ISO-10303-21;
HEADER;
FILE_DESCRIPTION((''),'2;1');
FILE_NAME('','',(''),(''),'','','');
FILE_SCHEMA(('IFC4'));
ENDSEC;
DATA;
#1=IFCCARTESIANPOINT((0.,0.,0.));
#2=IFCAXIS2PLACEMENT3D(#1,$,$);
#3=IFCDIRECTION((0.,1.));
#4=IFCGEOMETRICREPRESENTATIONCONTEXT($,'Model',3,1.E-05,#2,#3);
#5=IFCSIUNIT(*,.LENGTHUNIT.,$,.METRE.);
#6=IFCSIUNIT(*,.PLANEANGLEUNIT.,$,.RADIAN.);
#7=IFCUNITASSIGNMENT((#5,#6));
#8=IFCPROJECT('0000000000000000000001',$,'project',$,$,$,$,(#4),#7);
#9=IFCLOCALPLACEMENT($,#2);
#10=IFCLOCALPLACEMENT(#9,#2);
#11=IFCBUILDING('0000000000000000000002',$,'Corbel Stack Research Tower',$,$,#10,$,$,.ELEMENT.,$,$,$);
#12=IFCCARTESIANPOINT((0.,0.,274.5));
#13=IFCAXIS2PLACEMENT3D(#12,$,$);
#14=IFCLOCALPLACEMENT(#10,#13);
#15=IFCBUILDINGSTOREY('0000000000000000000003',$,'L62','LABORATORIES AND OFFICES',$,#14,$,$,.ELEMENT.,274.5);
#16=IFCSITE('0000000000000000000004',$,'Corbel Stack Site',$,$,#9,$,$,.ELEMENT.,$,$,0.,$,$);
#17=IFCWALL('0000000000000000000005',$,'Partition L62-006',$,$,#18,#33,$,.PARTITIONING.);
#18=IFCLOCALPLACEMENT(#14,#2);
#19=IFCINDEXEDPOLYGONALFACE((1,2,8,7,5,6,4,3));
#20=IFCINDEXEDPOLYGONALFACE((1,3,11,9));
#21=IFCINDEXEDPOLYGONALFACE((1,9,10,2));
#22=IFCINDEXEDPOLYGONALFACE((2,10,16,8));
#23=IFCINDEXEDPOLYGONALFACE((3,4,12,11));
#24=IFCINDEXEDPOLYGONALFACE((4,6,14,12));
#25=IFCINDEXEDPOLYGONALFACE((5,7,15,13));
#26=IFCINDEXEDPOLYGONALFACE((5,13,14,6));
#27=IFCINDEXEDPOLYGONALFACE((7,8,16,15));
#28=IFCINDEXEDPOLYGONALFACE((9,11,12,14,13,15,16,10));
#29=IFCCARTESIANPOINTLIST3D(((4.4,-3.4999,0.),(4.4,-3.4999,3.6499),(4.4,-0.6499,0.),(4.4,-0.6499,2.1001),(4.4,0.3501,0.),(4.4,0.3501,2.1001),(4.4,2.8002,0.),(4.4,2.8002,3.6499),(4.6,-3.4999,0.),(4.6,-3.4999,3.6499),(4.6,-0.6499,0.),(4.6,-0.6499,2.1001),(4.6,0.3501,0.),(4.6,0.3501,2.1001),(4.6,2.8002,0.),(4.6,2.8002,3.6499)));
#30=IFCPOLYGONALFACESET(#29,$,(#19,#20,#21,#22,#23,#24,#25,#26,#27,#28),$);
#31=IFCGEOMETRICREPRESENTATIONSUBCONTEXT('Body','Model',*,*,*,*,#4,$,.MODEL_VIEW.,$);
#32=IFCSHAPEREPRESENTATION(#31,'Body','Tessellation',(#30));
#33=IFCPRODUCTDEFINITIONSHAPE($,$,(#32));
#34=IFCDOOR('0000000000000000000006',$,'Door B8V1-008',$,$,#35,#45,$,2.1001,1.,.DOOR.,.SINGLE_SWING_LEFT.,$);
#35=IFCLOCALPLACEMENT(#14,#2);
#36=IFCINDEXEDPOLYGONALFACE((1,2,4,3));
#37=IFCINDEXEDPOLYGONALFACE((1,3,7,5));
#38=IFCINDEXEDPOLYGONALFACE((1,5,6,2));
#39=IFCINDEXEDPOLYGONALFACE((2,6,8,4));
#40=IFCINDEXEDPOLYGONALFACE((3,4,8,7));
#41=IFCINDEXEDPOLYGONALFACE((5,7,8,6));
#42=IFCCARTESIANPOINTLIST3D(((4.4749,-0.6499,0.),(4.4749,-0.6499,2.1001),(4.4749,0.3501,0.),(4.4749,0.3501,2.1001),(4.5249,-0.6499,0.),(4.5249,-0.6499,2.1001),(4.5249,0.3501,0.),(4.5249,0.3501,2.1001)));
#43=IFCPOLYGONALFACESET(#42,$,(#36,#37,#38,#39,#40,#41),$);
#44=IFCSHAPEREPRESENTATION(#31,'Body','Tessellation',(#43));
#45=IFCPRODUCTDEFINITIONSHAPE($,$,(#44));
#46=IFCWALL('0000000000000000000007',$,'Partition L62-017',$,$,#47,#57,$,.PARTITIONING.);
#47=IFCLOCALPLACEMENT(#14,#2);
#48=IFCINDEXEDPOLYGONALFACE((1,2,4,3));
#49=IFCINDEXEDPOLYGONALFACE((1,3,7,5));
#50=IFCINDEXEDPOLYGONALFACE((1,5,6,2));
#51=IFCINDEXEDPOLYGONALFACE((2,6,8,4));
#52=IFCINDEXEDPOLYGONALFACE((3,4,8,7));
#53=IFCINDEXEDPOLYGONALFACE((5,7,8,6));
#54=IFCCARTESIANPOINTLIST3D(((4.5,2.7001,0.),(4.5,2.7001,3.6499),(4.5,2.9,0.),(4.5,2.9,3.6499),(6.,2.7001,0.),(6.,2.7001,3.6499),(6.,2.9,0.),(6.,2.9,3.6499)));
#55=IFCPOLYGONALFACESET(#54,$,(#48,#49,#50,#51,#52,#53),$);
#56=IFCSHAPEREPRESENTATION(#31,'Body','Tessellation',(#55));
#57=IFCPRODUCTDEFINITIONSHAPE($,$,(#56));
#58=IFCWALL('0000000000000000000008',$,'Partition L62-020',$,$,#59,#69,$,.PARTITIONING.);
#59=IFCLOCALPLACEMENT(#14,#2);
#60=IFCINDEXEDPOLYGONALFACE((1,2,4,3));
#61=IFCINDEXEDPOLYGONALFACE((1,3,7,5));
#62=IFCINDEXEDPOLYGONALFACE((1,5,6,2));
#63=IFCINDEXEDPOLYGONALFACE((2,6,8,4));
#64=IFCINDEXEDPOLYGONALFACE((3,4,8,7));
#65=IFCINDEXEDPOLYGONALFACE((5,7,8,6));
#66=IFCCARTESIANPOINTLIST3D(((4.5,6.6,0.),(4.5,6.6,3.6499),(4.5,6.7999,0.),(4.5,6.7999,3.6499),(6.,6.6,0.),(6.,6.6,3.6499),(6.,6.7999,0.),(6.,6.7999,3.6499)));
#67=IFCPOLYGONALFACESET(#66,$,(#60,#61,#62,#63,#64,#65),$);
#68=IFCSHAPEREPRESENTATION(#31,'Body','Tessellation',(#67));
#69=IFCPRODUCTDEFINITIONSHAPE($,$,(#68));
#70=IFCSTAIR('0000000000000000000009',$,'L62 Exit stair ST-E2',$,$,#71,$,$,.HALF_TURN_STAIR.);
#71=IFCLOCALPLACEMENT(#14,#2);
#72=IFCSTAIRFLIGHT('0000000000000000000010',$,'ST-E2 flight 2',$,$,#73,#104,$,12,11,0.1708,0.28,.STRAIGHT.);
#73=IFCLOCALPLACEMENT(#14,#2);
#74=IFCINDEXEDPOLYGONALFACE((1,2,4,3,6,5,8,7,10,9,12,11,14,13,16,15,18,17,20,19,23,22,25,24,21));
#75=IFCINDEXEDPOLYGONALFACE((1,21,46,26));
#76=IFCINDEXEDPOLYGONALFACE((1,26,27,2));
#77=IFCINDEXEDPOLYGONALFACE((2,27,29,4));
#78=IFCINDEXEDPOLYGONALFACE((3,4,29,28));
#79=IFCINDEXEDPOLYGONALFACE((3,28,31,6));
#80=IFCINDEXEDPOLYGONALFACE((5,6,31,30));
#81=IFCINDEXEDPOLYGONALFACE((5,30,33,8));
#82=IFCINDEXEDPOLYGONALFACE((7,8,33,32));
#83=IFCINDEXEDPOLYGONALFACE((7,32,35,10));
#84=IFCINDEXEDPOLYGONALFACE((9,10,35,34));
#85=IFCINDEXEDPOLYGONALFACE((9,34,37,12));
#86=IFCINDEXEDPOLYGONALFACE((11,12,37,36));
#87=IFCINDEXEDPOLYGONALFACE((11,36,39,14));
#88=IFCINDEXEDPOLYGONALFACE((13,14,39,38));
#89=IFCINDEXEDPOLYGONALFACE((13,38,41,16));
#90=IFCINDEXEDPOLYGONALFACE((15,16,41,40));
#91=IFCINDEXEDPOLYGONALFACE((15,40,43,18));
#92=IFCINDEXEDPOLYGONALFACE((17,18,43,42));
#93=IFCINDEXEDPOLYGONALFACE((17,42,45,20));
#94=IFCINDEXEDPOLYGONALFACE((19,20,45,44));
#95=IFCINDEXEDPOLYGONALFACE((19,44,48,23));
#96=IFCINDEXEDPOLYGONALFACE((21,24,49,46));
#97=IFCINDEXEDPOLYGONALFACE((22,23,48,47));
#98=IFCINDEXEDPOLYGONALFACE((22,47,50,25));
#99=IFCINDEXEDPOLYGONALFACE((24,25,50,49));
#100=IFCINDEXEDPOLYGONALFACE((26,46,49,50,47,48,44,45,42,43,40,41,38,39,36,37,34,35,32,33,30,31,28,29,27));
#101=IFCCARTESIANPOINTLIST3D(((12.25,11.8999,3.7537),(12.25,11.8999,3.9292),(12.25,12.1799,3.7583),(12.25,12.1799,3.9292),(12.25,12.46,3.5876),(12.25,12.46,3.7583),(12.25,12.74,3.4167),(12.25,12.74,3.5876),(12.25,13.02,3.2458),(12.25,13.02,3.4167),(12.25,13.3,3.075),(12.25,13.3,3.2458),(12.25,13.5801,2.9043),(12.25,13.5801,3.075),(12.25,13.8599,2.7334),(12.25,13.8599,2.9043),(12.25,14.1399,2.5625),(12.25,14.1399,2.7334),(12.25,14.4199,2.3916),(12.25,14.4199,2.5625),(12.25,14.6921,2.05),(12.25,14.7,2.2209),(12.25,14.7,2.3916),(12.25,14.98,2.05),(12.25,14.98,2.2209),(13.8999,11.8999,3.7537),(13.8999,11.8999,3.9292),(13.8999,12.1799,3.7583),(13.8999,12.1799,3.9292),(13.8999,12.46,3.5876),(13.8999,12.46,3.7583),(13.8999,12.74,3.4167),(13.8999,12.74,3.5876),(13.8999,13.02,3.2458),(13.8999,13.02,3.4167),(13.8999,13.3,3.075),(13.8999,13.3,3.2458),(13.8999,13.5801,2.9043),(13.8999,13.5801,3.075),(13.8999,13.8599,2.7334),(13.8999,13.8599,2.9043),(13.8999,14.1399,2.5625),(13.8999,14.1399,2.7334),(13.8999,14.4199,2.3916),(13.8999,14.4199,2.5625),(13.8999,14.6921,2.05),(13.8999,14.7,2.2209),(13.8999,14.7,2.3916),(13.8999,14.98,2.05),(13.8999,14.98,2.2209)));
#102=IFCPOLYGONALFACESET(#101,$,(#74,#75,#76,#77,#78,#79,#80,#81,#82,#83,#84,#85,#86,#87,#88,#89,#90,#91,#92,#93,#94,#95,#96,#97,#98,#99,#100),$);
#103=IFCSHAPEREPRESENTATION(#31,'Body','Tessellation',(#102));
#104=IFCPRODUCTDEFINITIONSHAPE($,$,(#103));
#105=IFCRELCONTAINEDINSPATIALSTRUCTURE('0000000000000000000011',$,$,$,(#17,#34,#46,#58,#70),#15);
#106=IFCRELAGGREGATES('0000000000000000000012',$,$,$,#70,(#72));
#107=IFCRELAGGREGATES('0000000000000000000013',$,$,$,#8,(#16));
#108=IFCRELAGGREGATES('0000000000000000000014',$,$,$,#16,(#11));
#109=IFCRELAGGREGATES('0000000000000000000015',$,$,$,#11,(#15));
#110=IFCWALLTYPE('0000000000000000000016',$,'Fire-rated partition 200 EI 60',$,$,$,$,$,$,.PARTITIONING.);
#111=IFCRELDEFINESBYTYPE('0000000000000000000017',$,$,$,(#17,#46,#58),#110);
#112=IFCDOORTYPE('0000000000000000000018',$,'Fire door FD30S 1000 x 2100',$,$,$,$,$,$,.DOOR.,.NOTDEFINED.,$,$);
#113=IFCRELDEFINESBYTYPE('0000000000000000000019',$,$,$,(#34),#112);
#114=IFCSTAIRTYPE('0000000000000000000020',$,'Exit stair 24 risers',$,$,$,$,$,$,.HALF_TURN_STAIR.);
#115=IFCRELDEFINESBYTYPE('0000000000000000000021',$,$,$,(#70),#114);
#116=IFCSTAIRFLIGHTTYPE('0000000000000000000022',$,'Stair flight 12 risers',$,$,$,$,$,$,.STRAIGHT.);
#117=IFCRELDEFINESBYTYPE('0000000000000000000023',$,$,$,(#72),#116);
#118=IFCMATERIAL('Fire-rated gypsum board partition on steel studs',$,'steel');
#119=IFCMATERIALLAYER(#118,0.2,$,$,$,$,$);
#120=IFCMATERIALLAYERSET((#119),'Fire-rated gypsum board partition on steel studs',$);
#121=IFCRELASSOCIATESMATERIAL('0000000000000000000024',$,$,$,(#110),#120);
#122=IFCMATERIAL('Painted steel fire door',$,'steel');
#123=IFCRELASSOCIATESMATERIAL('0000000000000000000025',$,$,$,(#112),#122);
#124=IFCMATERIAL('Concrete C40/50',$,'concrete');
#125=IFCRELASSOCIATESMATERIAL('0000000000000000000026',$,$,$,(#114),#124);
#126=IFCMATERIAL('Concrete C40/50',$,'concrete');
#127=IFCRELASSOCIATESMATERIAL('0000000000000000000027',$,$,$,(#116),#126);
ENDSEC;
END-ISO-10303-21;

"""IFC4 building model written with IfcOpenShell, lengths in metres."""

from ifc_helpers import new_model, si_unit, direction, frame, frame_2d, origin, place, context, subcontext, project, spatial, polyline, rectangle, outline, extrude, material, layer, layer_set, type_object, element, fill, aggregate, save


model = new_model("IFC4")

# Units and contexts
model_context = context("Model", 3, precision=1e-05, world=origin(), true_north=direction((0.0, 1.0)))
body_context = subcontext(model_context, "Body", "Model", "MODEL_VIEW")
ifc_project = project(units=[si_unit("LENGTHUNIT", "METRE"), si_unit("PLANEANGLEUNIT", "RADIAN")], contexts=[model_context])

# Site, building, storey
site_placement = place(None, origin())
site = spatial("IfcSite", under=ifc_project, at=site_placement, Name="Corbel Stack Site", CompositionType="ELEMENT", RefElevation=0.0)
building_placement = place(site_placement, origin())
building = spatial("IfcBuilding", under=site, at=building_placement, Name="Corbel Stack Research Tower", CompositionType="ELEMENT")
storey_placement = place(building_placement, frame((0.0, 0.0, 274.5)))
storey = spatial("IfcBuildingStorey", under=building, at=storey_placement, Name="L62", Description="LABORATORIES AND OFFICES", CompositionType="ELEMENT", Elevation=274.5)

# Wall, opening, door
ifc_material_1 = material(Name="Fire-rated gypsum board partition on steel studs", Category="steel")
ifc_layer_1 = layer(ifc_material_1, 0.2)
ifc_layer_set_1 = layer_set([ifc_layer_1], Name="Fire-rated gypsum board partition on steel studs")
wall_type_1 = type_object("IfcWallType", Name="Fire-rated partition 200 EI 60", PredefinedType="PARTITIONING", material=ifc_layer_set_1)
wall_1_placement = place(storey_placement, frame((4.5, 2.8, 0.0), z_axis=(0.0, 0.0, 1.0), x_axis=(0.0, -1.0, 0.0)))
wall_1 = element("IfcWall", 1, at=wall_1_placement, inside=storey, type_object=wall_type_1, Name="Partition L62-006", PredefinedType="PARTITIONING", context=body_context, shape_type="SweptSolid", body=[
    extrude(rectangle(XDim=6.3, YDim=0.2, at=frame_2d((3.1499, 0.0))), origin(), (0.0, 0.0, 1.0), 3.6499),
])
opening_1_placement = place(wall_1_placement, frame((2.45, 0.0, 0.0)))
opening_1 = element("IfcOpeningElement", 2, at=opening_1_placement, cuts=wall_1, PredefinedType="OPENING", context=body_context, shape_type="SweptSolid", body=[
    extrude(rectangle(XDim=1.0, YDim=2.1001, at=frame_2d((0.5, 1.05))), frame((0.0, 0.1099, 0.0), z_axis=(0.0, -1.0, 0.0), x_axis=(1.0, 0.0, 0.0)), (0.0, 0.0, 1.0), 0.22),
])
ifc_material_2 = material(Name="Painted steel fire door", Category="steel")
door_type_1 = type_object("IfcDoorType", Name="Fire door FD30S 1000 x 2100", OperationType="NOTDEFINED", PredefinedType="DOOR", material=ifc_material_2)
door_1_placement = place(opening_1_placement, origin())
door_1 = element("IfcDoor", 3, at=door_1_placement, inside=storey, type_object=door_type_1, Name="Door B8V1-008", OperationType="SINGLE_SWING_LEFT", OverallHeight=2.1001, OverallWidth=1.0, PredefinedType="DOOR", context=body_context, shape_type="SweptSolid", body=[
    extrude(rectangle(XDim=1.0, YDim=2.1001, at=frame_2d((0.5, 1.05))), frame((0.0, 0.0249, 0.0), z_axis=(0.0, -1.0, 0.0), x_axis=(1.0, 0.0, 0.0)), (0.0, 0.0, 1.0), 0.05),
])
fill(opening_1, door_1)

# Walls
for number, where, z_axis, x_axis, name in (
    (4, (4.5, 2.8, 0.0), (0.0, 0.0, 1.0), (1.0, 0.0, 0.0), "Partition L62-017"),
    (5, (4.5, 6.7, 0.0), (0.0, 0.0, 1.0), (1.0, 0.0, 0.0), "Partition L62-020"),
):
    element("IfcWall", number, at=place(storey_placement, frame(where, z_axis=z_axis, x_axis=x_axis)), inside=storey, type_object=wall_type_1, Name=name, PredefinedType="PARTITIONING", context=body_context, shape_type="SweptSolid", body=[
        extrude(rectangle(XDim=1.5, YDim=0.2, at=frame_2d((0.75, 0.0))), origin(), (0.0, 0.0, 1.0), 3.6499),
    ])

# Stair, stair flight
ifc_material_3 = material(Name="Concrete C40/50", Category="concrete")
stair_type = type_object("IfcStairType", Name="Exit stair 24 risers", PredefinedType="HALF_TURN_STAIR", material=ifc_material_3)
stair_placement = place(storey_placement, origin())
stair = element("IfcStair", 6, at=stair_placement, inside=storey, type_object=stair_type, Name="L62 Exit stair ST-E2", PredefinedType="HALF_TURN_STAIR")
ifc_material_4 = material(Name="Concrete C40/50", Category="concrete")
stair_flight_type = type_object("IfcStairFlightType", Name="Stair flight 12 risers", PredefinedType="STRAIGHT", material=ifc_material_4)
stair_flight_placement = place(storey_placement, frame((13.075, 14.98, 2.05), z_axis=(0.0, 0.0, 1.0), x_axis=(0.0, -1.0, 0.0)))
stair_flight = element("IfcStairFlight", 7, at=stair_flight_placement, type_object=stair_flight_type, Name="ST-E2 flight 2", NumberOfRisers=12, NumberOfTreads=11, PredefinedType="STRAIGHT", RiserHeight=0.1708, TreadLength=0.28, context=body_context, shape_type="SweptSolid", body=[
    extrude(outline(polyline([(0.0, 0.0), (0.0, 0.1709), (0.28, 0.1709), (0.28, 0.3416), (0.5601, 0.3416), (0.5601, 0.5125), (0.8401, 0.5125), (0.8401, 0.6833), (1.1201, 0.6833), (1.1201, 0.8542), (1.3999, 0.8542), (1.3999, 1.0249), (1.6799, 1.0249), (1.6799, 1.1958), (1.96, 1.1958), (1.96, 1.3667), (2.24, 1.3667), (2.24, 1.5376), (2.52, 1.5376), (2.52, 1.7083), (2.8, 1.7083), (2.8, 1.8792), (3.0801, 1.8792), (3.0801, 2.05), (3.0801, 1.7036), (0.2878, 0.0), (0.0, 0.0)])), frame((0.0, 0.825, 0.0), z_axis=(0.0, -1.0, 0.0), x_axis=(1.0, 0.0, 0.0)), (0.0, 0.0, 1.0), 1.6499),
])
aggregate(stair, [stair_flight])

save(model, "model.ifc")
